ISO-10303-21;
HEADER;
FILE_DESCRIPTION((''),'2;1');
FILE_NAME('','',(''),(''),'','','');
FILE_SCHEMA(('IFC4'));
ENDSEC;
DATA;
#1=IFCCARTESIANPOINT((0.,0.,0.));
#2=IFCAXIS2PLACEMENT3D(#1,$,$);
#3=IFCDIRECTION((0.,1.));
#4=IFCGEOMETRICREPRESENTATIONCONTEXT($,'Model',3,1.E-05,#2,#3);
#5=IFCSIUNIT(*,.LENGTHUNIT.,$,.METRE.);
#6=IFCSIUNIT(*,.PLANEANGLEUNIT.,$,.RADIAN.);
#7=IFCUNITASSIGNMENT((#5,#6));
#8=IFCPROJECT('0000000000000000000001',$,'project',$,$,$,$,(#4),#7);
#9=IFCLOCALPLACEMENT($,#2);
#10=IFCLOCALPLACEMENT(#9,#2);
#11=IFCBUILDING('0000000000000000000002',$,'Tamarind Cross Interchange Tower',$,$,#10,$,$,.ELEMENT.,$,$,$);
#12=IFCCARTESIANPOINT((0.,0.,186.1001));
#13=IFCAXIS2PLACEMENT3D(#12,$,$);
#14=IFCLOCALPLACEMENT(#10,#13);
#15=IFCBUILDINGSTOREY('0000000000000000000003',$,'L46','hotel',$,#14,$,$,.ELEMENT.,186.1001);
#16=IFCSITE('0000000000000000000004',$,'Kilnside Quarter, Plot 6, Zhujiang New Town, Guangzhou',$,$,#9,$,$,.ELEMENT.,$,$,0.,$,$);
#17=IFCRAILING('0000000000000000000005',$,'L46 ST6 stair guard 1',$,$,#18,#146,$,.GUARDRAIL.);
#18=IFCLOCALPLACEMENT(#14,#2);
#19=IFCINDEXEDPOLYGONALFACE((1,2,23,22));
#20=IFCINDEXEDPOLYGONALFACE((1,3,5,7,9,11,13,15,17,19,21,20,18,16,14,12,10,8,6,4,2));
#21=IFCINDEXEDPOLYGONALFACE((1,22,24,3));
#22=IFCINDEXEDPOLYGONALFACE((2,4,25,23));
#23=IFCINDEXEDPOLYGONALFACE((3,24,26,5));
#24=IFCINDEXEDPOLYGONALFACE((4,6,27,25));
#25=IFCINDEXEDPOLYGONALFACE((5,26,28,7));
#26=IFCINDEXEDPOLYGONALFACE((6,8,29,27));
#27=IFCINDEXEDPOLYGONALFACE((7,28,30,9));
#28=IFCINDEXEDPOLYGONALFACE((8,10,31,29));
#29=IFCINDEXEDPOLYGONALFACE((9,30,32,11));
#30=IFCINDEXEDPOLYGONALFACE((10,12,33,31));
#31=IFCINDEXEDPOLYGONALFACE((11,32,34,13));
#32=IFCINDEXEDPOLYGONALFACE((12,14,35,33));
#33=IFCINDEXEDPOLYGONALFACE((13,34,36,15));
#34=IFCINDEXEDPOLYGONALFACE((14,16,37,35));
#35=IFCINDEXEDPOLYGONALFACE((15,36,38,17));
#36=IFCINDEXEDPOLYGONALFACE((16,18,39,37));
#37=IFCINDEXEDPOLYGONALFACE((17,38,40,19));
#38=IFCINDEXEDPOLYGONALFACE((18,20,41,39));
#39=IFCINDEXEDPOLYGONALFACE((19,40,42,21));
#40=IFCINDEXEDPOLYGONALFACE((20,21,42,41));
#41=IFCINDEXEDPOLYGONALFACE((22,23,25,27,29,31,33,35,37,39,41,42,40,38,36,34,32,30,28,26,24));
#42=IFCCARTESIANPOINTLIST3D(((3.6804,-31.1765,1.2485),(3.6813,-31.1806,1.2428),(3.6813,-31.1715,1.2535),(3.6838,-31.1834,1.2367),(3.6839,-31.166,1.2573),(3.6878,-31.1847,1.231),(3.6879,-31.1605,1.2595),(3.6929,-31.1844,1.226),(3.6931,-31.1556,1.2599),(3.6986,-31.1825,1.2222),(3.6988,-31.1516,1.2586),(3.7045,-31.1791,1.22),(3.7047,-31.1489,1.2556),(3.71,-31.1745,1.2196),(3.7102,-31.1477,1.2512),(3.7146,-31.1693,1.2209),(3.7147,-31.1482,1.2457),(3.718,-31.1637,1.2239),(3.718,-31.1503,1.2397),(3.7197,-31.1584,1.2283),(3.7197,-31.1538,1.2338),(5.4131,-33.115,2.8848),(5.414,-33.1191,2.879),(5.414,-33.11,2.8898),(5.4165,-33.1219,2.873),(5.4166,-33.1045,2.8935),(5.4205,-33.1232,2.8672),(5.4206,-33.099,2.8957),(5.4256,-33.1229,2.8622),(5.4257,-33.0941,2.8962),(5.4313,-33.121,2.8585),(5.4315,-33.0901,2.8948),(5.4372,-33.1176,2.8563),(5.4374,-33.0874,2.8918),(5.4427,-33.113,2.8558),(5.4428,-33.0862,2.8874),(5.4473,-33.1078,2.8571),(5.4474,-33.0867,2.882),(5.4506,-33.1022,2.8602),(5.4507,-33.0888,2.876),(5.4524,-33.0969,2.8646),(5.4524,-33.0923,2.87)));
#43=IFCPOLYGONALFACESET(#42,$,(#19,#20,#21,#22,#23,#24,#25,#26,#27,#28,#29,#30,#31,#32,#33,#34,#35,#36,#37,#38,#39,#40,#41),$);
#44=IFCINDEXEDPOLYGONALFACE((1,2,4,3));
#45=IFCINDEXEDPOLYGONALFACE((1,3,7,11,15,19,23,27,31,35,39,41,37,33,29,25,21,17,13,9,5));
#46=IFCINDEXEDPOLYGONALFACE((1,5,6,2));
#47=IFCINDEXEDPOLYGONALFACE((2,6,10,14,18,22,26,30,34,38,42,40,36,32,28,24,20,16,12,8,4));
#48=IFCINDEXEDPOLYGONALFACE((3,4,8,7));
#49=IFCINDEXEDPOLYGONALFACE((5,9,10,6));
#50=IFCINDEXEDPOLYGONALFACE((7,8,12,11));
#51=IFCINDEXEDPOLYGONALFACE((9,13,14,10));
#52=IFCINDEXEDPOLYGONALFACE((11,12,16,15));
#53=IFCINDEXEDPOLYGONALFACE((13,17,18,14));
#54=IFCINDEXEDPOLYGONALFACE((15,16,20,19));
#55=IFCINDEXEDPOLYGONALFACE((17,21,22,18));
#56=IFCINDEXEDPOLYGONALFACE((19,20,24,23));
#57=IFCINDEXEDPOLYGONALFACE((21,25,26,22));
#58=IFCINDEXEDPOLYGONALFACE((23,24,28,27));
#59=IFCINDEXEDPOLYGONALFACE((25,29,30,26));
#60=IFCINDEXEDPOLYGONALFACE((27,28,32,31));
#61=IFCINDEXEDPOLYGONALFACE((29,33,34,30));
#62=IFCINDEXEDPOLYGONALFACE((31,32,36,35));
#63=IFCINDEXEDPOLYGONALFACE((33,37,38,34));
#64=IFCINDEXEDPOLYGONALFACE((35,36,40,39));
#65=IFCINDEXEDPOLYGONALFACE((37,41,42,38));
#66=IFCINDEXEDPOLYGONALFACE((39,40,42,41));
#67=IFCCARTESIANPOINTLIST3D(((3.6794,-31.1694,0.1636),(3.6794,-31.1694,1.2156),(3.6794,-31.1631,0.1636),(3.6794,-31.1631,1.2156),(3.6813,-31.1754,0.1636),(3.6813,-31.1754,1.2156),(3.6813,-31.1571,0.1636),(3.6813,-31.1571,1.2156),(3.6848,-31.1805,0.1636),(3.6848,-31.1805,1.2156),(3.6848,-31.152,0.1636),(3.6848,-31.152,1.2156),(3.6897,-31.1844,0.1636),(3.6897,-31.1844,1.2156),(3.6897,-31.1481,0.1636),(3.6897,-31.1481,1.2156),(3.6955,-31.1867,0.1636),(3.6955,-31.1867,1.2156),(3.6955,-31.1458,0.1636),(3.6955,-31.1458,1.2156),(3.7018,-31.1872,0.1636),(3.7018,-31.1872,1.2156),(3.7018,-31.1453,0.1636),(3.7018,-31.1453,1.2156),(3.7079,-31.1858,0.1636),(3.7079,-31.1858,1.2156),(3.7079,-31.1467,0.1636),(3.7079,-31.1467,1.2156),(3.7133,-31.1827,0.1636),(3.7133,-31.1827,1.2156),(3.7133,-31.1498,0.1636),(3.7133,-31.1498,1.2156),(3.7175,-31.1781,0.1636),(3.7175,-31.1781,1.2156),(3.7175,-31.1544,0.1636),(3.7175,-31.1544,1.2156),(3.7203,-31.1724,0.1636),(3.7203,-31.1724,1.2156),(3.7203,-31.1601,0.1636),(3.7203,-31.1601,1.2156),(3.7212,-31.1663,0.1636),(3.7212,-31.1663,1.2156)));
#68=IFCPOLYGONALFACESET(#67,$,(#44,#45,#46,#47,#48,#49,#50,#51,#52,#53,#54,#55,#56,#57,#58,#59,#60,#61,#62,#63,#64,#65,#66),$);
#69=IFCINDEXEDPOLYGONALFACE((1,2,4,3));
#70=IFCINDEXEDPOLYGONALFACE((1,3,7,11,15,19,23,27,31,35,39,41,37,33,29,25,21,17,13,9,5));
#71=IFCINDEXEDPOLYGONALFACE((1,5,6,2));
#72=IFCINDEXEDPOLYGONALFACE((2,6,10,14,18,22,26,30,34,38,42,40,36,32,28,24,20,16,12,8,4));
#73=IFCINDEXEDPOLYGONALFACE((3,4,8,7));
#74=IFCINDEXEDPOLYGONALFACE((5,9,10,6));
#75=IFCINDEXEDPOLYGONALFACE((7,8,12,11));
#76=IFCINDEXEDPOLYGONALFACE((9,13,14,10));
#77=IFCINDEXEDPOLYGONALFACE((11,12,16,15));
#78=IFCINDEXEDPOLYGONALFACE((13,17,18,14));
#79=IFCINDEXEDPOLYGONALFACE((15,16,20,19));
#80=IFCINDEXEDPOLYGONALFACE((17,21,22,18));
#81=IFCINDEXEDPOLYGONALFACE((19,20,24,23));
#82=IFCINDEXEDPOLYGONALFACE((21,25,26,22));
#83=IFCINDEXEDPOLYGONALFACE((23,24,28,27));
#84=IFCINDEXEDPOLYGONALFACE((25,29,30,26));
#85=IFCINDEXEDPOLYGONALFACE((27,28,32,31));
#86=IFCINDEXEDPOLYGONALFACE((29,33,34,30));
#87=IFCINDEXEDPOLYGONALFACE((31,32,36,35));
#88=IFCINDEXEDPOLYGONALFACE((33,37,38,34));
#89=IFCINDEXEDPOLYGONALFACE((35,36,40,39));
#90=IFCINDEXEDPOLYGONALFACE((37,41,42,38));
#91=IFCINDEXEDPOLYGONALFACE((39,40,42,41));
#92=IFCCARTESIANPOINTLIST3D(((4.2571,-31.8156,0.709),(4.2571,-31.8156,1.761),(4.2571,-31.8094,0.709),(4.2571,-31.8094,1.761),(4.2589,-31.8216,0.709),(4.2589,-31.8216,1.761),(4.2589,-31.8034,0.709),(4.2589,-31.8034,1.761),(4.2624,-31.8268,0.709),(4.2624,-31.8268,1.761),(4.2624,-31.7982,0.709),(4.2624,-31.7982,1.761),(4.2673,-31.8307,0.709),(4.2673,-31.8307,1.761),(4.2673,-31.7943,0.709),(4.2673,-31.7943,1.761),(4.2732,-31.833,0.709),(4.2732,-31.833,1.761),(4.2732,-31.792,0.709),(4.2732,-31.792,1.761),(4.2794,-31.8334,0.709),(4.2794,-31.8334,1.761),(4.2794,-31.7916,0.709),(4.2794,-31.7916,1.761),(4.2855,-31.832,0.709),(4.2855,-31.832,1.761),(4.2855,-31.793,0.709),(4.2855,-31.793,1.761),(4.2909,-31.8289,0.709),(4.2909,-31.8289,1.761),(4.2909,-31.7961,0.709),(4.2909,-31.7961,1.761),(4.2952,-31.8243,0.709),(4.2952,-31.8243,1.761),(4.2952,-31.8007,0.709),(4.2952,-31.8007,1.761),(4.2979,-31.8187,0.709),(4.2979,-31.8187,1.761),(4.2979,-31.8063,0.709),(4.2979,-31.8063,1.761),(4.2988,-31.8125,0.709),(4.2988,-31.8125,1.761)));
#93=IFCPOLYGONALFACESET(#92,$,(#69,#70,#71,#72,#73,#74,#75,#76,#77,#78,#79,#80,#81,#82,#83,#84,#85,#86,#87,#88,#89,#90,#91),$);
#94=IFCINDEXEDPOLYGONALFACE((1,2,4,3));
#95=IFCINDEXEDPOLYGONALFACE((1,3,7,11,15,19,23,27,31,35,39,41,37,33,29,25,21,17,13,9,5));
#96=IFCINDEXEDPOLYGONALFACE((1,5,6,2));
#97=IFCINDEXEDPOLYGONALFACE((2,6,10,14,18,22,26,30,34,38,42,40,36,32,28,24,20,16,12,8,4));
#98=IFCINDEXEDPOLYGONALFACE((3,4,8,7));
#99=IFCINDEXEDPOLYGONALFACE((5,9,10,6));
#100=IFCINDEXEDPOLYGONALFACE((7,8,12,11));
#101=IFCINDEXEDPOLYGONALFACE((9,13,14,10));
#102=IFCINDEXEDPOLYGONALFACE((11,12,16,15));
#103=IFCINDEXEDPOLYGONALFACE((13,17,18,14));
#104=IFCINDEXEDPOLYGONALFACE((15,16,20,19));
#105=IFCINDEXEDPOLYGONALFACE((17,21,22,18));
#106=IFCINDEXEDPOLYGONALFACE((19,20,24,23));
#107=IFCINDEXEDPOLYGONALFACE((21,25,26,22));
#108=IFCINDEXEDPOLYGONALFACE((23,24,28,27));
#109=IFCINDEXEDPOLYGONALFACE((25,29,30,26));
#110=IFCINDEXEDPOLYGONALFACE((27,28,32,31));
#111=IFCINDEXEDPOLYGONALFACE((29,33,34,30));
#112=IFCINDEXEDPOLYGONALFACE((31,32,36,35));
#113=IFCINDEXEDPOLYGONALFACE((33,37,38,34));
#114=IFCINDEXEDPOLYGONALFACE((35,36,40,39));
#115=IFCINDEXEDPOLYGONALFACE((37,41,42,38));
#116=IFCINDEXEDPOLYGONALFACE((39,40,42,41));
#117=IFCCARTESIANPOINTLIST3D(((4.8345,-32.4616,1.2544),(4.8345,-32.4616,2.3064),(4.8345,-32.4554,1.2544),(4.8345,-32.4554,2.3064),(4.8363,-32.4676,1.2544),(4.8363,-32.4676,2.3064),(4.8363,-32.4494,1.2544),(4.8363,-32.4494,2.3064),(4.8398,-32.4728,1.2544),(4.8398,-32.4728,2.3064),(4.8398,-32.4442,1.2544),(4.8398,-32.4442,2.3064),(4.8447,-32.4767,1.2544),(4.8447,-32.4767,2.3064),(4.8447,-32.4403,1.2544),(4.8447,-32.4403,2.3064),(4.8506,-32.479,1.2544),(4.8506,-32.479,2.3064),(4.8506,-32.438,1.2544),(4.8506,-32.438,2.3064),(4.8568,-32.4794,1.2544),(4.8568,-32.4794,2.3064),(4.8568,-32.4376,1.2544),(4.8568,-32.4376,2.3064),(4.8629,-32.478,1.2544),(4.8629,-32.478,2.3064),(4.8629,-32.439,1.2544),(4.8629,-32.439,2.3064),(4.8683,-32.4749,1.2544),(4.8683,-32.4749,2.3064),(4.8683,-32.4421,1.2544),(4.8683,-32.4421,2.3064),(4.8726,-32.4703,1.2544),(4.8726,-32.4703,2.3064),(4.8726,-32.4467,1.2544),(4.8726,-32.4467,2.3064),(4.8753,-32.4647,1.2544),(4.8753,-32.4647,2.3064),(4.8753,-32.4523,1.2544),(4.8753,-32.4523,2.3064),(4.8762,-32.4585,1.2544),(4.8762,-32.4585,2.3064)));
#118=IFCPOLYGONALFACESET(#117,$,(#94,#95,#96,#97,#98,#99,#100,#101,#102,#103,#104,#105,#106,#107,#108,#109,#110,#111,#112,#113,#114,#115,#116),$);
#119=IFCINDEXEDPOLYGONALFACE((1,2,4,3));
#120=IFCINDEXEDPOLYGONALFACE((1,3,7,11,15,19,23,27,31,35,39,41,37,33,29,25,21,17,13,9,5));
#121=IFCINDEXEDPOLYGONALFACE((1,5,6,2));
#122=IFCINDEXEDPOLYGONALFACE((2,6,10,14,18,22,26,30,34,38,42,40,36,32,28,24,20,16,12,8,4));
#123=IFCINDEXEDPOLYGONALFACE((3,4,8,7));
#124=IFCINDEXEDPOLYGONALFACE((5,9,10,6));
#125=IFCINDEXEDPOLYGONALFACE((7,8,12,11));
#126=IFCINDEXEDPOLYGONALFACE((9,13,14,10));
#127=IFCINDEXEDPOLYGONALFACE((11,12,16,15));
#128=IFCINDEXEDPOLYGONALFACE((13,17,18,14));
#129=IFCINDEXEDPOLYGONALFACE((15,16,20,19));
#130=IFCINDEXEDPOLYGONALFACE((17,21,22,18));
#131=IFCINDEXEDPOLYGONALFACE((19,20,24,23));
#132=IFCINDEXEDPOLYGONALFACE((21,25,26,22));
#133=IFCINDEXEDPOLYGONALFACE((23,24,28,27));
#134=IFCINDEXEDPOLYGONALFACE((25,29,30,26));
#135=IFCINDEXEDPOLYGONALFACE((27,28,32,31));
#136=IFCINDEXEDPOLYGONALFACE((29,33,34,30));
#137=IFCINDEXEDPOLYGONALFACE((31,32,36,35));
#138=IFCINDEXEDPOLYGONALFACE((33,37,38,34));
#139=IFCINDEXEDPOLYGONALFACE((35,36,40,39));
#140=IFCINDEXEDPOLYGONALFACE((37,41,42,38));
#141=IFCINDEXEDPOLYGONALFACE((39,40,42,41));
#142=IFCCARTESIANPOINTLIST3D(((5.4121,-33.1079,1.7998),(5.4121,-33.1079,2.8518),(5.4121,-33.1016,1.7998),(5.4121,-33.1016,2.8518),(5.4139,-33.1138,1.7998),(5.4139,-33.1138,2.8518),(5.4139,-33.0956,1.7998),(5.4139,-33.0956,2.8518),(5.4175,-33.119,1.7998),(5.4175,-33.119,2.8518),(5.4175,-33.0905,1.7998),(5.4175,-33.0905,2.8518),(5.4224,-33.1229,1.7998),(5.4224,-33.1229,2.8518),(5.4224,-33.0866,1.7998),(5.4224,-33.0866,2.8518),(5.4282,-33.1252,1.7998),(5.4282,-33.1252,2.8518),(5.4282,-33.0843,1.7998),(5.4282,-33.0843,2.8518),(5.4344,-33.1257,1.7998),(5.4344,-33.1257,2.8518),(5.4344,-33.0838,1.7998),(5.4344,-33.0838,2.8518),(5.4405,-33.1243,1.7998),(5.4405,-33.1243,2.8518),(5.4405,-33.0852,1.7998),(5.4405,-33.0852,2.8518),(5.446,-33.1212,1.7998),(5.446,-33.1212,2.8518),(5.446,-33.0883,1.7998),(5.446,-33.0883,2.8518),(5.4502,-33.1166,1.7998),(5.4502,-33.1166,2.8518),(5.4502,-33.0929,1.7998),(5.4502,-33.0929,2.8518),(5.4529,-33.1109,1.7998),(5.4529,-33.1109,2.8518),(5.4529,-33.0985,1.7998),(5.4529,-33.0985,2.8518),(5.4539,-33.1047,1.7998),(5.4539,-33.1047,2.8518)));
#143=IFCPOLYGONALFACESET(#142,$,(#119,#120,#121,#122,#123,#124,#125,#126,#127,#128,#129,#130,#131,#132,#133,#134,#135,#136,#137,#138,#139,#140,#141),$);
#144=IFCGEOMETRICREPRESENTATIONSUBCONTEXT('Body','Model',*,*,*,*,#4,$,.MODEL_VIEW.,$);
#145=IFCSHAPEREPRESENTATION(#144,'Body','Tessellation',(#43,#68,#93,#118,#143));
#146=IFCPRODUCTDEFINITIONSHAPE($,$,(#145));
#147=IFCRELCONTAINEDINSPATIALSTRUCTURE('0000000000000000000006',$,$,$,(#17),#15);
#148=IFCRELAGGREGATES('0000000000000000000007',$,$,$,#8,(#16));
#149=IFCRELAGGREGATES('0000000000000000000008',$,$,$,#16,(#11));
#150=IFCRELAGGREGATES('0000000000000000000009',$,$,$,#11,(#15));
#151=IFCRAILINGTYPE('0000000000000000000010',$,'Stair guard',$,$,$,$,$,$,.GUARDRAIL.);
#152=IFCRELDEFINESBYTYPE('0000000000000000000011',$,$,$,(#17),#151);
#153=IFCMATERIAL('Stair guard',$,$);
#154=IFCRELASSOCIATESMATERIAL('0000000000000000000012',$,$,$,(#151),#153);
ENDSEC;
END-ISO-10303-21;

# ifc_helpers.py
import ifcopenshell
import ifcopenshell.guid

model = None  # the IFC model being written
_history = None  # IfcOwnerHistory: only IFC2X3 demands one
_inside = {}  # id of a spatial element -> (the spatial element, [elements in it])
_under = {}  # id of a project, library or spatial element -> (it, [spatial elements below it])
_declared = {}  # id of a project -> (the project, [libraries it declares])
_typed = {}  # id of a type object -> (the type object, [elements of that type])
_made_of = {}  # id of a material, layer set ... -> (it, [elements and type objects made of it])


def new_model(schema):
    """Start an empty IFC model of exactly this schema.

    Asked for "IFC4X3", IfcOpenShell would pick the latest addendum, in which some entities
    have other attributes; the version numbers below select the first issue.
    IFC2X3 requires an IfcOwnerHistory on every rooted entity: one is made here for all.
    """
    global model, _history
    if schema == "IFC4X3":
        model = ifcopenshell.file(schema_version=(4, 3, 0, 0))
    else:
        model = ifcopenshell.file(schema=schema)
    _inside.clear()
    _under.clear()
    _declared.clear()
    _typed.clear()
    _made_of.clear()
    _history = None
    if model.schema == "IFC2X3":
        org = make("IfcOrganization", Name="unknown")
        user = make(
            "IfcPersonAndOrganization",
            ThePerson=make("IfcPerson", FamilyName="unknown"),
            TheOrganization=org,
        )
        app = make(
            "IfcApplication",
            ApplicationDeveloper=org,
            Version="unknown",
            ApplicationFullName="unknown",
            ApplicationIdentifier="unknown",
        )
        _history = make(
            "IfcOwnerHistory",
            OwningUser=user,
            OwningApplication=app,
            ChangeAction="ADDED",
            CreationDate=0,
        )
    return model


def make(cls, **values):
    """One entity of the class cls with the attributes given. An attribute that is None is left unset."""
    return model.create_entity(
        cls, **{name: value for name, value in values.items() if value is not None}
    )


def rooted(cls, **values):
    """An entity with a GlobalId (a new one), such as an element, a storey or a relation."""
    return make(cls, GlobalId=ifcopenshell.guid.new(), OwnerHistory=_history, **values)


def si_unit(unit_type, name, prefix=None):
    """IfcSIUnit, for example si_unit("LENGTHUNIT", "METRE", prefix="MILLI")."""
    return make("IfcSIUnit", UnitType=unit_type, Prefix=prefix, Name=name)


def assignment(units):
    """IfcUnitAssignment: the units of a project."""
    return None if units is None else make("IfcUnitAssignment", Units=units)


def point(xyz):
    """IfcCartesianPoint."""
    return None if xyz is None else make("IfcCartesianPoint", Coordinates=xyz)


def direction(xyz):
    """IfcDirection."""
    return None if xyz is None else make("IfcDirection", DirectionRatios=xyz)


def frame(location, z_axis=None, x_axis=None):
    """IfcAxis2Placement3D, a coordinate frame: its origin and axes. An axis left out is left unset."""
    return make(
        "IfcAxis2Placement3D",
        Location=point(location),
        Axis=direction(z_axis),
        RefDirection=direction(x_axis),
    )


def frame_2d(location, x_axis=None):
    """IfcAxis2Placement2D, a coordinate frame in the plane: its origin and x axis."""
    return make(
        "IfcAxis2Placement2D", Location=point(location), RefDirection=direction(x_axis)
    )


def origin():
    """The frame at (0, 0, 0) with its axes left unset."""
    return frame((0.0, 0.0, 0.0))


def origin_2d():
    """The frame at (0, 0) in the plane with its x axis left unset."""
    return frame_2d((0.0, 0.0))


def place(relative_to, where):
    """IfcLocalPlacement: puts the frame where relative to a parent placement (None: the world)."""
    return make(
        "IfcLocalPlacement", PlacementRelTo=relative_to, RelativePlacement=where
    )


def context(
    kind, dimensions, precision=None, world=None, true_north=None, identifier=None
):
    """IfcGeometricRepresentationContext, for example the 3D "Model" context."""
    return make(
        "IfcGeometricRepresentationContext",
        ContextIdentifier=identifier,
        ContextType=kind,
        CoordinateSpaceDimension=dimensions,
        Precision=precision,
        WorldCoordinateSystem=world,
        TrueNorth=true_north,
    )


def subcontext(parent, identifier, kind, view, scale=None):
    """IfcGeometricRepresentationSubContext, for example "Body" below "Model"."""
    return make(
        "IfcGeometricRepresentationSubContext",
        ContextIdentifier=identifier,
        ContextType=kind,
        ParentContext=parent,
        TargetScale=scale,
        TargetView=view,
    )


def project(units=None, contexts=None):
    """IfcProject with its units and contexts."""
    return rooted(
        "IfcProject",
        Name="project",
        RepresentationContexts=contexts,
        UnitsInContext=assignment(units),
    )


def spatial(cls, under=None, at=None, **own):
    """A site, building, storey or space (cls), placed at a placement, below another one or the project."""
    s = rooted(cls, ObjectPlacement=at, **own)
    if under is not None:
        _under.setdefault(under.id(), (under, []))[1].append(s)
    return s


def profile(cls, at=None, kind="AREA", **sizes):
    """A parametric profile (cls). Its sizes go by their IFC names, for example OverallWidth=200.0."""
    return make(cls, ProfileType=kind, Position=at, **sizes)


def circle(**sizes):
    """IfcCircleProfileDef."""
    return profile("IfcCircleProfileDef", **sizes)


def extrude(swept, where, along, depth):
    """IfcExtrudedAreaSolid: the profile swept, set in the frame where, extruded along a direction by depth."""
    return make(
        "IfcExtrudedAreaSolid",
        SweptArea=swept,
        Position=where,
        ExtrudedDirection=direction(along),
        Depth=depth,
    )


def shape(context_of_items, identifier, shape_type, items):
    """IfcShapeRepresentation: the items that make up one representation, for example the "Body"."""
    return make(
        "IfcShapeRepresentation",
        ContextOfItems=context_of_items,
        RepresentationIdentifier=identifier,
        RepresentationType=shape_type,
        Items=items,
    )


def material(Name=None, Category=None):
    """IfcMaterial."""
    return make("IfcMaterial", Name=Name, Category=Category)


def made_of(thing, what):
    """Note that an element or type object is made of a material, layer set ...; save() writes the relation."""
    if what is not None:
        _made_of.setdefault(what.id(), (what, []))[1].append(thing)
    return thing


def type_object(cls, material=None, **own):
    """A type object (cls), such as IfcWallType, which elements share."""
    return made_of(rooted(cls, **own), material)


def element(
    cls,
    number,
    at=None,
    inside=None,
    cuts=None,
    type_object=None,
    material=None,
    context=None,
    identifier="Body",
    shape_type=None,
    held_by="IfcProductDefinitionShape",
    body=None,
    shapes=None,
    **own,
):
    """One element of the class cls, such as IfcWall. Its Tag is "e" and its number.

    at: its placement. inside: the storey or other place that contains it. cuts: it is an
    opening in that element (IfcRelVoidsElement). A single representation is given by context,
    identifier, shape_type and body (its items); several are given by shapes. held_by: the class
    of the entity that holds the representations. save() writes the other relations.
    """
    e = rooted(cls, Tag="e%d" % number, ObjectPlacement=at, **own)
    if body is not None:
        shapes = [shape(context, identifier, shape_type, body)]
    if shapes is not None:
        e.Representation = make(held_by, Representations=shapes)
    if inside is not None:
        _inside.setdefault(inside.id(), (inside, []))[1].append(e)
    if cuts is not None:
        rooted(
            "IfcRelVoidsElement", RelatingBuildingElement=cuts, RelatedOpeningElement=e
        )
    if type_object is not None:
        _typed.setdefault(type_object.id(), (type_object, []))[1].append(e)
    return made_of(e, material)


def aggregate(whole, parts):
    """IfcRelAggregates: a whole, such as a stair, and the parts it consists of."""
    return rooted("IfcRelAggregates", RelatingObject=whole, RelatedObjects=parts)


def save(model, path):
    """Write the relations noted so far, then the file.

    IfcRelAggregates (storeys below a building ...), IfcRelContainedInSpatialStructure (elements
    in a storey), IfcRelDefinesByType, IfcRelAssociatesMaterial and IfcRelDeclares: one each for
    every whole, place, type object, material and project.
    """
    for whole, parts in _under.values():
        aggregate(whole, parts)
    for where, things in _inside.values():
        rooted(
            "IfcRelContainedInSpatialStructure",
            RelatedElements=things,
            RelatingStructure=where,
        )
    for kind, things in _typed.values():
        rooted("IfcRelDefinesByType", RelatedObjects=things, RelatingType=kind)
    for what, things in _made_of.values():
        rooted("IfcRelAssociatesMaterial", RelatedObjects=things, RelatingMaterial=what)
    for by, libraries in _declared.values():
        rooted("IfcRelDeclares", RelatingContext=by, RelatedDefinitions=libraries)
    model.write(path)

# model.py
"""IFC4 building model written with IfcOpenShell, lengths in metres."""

from ifc_helpers import new_model, si_unit, direction, frame, origin, origin_2d, place, context, subcontext, project, spatial, circle, extrude, material, type_object, element, save


model = new_model("IFC4")

# Units and contexts
model_context = context("Model", 3, precision=1e-05, world=origin(), true_north=direction((0.0, 1.0)))
body_context = subcontext(model_context, "Body", "Model", "MODEL_VIEW")
ifc_project = project(units=[si_unit("LENGTHUNIT", "METRE"), si_unit("PLANEANGLEUNIT", "RADIAN")], contexts=[model_context])

# Site, building, storey
site_placement = place(None, origin())
site = spatial("IfcSite", under=ifc_project, at=site_placement, Name="Kilnside Quarter, Plot 6, Zhujiang New Town, Guangzhou", CompositionType="ELEMENT", RefElevation=0.0)
building_placement = place(site_placement, origin())
building = spatial("IfcBuilding", under=site, at=building_placement, Name="Tamarind Cross Interchange Tower", CompositionType="ELEMENT")
storey_placement = place(building_placement, frame((0.0, 0.0, 186.1001)))
storey = spatial("IfcBuildingStorey", under=building, at=storey_placement, Name="L46", Description="hotel", CompositionType="ELEMENT", Elevation=186.1001)

# Railing
ifc_material_1 = material(Name="Stair guard")
railing_type_1 = type_object("IfcRailingType", Name="Stair guard", PredefinedType="GUARDRAIL", material=ifc_material_1)
railing_1_placement = place(storey_placement, frame((3.7002, -31.1663, 0.1636)))
element("IfcRailing", 1, at=railing_1_placement, inside=storey, type_object=railing_type_1, Name="L46 ST6 stair guard 1", PredefinedType="GUARDRAIL", context=body_context, shape_type="SweptSolid", body=[
    extrude(circle(Radius=0.0239, at=origin_2d()), frame((0.0, 0.0, 1.0762), z_axis=(0.564022, -0.631018, 0.53263), x_axis=(0.745578, 0.666419, 0.0)), (0.0, 0.0, 1.0), 3.072),
    extrude(circle(Radius=0.021, at=origin_2d()), origin(), (0.0, 0.0, 1.0), 1.052),
    extrude(circle(Radius=0.021, at=origin_2d()), frame((0.5776, -0.6462, 0.5454)), (0.0, 0.0, 1.0), 1.052),
    extrude(circle(Radius=0.021, at=origin_2d()), frame((1.155, -1.2922, 1.0908)), (0.0, 0.0, 1.0), 1.052),
    extrude(circle(Radius=0.021, at=origin_2d()), frame((1.7327, -1.9385, 1.6362)), (0.0, 0.0, 1.0), 1.052),
])

save(model, "model.ifc")
